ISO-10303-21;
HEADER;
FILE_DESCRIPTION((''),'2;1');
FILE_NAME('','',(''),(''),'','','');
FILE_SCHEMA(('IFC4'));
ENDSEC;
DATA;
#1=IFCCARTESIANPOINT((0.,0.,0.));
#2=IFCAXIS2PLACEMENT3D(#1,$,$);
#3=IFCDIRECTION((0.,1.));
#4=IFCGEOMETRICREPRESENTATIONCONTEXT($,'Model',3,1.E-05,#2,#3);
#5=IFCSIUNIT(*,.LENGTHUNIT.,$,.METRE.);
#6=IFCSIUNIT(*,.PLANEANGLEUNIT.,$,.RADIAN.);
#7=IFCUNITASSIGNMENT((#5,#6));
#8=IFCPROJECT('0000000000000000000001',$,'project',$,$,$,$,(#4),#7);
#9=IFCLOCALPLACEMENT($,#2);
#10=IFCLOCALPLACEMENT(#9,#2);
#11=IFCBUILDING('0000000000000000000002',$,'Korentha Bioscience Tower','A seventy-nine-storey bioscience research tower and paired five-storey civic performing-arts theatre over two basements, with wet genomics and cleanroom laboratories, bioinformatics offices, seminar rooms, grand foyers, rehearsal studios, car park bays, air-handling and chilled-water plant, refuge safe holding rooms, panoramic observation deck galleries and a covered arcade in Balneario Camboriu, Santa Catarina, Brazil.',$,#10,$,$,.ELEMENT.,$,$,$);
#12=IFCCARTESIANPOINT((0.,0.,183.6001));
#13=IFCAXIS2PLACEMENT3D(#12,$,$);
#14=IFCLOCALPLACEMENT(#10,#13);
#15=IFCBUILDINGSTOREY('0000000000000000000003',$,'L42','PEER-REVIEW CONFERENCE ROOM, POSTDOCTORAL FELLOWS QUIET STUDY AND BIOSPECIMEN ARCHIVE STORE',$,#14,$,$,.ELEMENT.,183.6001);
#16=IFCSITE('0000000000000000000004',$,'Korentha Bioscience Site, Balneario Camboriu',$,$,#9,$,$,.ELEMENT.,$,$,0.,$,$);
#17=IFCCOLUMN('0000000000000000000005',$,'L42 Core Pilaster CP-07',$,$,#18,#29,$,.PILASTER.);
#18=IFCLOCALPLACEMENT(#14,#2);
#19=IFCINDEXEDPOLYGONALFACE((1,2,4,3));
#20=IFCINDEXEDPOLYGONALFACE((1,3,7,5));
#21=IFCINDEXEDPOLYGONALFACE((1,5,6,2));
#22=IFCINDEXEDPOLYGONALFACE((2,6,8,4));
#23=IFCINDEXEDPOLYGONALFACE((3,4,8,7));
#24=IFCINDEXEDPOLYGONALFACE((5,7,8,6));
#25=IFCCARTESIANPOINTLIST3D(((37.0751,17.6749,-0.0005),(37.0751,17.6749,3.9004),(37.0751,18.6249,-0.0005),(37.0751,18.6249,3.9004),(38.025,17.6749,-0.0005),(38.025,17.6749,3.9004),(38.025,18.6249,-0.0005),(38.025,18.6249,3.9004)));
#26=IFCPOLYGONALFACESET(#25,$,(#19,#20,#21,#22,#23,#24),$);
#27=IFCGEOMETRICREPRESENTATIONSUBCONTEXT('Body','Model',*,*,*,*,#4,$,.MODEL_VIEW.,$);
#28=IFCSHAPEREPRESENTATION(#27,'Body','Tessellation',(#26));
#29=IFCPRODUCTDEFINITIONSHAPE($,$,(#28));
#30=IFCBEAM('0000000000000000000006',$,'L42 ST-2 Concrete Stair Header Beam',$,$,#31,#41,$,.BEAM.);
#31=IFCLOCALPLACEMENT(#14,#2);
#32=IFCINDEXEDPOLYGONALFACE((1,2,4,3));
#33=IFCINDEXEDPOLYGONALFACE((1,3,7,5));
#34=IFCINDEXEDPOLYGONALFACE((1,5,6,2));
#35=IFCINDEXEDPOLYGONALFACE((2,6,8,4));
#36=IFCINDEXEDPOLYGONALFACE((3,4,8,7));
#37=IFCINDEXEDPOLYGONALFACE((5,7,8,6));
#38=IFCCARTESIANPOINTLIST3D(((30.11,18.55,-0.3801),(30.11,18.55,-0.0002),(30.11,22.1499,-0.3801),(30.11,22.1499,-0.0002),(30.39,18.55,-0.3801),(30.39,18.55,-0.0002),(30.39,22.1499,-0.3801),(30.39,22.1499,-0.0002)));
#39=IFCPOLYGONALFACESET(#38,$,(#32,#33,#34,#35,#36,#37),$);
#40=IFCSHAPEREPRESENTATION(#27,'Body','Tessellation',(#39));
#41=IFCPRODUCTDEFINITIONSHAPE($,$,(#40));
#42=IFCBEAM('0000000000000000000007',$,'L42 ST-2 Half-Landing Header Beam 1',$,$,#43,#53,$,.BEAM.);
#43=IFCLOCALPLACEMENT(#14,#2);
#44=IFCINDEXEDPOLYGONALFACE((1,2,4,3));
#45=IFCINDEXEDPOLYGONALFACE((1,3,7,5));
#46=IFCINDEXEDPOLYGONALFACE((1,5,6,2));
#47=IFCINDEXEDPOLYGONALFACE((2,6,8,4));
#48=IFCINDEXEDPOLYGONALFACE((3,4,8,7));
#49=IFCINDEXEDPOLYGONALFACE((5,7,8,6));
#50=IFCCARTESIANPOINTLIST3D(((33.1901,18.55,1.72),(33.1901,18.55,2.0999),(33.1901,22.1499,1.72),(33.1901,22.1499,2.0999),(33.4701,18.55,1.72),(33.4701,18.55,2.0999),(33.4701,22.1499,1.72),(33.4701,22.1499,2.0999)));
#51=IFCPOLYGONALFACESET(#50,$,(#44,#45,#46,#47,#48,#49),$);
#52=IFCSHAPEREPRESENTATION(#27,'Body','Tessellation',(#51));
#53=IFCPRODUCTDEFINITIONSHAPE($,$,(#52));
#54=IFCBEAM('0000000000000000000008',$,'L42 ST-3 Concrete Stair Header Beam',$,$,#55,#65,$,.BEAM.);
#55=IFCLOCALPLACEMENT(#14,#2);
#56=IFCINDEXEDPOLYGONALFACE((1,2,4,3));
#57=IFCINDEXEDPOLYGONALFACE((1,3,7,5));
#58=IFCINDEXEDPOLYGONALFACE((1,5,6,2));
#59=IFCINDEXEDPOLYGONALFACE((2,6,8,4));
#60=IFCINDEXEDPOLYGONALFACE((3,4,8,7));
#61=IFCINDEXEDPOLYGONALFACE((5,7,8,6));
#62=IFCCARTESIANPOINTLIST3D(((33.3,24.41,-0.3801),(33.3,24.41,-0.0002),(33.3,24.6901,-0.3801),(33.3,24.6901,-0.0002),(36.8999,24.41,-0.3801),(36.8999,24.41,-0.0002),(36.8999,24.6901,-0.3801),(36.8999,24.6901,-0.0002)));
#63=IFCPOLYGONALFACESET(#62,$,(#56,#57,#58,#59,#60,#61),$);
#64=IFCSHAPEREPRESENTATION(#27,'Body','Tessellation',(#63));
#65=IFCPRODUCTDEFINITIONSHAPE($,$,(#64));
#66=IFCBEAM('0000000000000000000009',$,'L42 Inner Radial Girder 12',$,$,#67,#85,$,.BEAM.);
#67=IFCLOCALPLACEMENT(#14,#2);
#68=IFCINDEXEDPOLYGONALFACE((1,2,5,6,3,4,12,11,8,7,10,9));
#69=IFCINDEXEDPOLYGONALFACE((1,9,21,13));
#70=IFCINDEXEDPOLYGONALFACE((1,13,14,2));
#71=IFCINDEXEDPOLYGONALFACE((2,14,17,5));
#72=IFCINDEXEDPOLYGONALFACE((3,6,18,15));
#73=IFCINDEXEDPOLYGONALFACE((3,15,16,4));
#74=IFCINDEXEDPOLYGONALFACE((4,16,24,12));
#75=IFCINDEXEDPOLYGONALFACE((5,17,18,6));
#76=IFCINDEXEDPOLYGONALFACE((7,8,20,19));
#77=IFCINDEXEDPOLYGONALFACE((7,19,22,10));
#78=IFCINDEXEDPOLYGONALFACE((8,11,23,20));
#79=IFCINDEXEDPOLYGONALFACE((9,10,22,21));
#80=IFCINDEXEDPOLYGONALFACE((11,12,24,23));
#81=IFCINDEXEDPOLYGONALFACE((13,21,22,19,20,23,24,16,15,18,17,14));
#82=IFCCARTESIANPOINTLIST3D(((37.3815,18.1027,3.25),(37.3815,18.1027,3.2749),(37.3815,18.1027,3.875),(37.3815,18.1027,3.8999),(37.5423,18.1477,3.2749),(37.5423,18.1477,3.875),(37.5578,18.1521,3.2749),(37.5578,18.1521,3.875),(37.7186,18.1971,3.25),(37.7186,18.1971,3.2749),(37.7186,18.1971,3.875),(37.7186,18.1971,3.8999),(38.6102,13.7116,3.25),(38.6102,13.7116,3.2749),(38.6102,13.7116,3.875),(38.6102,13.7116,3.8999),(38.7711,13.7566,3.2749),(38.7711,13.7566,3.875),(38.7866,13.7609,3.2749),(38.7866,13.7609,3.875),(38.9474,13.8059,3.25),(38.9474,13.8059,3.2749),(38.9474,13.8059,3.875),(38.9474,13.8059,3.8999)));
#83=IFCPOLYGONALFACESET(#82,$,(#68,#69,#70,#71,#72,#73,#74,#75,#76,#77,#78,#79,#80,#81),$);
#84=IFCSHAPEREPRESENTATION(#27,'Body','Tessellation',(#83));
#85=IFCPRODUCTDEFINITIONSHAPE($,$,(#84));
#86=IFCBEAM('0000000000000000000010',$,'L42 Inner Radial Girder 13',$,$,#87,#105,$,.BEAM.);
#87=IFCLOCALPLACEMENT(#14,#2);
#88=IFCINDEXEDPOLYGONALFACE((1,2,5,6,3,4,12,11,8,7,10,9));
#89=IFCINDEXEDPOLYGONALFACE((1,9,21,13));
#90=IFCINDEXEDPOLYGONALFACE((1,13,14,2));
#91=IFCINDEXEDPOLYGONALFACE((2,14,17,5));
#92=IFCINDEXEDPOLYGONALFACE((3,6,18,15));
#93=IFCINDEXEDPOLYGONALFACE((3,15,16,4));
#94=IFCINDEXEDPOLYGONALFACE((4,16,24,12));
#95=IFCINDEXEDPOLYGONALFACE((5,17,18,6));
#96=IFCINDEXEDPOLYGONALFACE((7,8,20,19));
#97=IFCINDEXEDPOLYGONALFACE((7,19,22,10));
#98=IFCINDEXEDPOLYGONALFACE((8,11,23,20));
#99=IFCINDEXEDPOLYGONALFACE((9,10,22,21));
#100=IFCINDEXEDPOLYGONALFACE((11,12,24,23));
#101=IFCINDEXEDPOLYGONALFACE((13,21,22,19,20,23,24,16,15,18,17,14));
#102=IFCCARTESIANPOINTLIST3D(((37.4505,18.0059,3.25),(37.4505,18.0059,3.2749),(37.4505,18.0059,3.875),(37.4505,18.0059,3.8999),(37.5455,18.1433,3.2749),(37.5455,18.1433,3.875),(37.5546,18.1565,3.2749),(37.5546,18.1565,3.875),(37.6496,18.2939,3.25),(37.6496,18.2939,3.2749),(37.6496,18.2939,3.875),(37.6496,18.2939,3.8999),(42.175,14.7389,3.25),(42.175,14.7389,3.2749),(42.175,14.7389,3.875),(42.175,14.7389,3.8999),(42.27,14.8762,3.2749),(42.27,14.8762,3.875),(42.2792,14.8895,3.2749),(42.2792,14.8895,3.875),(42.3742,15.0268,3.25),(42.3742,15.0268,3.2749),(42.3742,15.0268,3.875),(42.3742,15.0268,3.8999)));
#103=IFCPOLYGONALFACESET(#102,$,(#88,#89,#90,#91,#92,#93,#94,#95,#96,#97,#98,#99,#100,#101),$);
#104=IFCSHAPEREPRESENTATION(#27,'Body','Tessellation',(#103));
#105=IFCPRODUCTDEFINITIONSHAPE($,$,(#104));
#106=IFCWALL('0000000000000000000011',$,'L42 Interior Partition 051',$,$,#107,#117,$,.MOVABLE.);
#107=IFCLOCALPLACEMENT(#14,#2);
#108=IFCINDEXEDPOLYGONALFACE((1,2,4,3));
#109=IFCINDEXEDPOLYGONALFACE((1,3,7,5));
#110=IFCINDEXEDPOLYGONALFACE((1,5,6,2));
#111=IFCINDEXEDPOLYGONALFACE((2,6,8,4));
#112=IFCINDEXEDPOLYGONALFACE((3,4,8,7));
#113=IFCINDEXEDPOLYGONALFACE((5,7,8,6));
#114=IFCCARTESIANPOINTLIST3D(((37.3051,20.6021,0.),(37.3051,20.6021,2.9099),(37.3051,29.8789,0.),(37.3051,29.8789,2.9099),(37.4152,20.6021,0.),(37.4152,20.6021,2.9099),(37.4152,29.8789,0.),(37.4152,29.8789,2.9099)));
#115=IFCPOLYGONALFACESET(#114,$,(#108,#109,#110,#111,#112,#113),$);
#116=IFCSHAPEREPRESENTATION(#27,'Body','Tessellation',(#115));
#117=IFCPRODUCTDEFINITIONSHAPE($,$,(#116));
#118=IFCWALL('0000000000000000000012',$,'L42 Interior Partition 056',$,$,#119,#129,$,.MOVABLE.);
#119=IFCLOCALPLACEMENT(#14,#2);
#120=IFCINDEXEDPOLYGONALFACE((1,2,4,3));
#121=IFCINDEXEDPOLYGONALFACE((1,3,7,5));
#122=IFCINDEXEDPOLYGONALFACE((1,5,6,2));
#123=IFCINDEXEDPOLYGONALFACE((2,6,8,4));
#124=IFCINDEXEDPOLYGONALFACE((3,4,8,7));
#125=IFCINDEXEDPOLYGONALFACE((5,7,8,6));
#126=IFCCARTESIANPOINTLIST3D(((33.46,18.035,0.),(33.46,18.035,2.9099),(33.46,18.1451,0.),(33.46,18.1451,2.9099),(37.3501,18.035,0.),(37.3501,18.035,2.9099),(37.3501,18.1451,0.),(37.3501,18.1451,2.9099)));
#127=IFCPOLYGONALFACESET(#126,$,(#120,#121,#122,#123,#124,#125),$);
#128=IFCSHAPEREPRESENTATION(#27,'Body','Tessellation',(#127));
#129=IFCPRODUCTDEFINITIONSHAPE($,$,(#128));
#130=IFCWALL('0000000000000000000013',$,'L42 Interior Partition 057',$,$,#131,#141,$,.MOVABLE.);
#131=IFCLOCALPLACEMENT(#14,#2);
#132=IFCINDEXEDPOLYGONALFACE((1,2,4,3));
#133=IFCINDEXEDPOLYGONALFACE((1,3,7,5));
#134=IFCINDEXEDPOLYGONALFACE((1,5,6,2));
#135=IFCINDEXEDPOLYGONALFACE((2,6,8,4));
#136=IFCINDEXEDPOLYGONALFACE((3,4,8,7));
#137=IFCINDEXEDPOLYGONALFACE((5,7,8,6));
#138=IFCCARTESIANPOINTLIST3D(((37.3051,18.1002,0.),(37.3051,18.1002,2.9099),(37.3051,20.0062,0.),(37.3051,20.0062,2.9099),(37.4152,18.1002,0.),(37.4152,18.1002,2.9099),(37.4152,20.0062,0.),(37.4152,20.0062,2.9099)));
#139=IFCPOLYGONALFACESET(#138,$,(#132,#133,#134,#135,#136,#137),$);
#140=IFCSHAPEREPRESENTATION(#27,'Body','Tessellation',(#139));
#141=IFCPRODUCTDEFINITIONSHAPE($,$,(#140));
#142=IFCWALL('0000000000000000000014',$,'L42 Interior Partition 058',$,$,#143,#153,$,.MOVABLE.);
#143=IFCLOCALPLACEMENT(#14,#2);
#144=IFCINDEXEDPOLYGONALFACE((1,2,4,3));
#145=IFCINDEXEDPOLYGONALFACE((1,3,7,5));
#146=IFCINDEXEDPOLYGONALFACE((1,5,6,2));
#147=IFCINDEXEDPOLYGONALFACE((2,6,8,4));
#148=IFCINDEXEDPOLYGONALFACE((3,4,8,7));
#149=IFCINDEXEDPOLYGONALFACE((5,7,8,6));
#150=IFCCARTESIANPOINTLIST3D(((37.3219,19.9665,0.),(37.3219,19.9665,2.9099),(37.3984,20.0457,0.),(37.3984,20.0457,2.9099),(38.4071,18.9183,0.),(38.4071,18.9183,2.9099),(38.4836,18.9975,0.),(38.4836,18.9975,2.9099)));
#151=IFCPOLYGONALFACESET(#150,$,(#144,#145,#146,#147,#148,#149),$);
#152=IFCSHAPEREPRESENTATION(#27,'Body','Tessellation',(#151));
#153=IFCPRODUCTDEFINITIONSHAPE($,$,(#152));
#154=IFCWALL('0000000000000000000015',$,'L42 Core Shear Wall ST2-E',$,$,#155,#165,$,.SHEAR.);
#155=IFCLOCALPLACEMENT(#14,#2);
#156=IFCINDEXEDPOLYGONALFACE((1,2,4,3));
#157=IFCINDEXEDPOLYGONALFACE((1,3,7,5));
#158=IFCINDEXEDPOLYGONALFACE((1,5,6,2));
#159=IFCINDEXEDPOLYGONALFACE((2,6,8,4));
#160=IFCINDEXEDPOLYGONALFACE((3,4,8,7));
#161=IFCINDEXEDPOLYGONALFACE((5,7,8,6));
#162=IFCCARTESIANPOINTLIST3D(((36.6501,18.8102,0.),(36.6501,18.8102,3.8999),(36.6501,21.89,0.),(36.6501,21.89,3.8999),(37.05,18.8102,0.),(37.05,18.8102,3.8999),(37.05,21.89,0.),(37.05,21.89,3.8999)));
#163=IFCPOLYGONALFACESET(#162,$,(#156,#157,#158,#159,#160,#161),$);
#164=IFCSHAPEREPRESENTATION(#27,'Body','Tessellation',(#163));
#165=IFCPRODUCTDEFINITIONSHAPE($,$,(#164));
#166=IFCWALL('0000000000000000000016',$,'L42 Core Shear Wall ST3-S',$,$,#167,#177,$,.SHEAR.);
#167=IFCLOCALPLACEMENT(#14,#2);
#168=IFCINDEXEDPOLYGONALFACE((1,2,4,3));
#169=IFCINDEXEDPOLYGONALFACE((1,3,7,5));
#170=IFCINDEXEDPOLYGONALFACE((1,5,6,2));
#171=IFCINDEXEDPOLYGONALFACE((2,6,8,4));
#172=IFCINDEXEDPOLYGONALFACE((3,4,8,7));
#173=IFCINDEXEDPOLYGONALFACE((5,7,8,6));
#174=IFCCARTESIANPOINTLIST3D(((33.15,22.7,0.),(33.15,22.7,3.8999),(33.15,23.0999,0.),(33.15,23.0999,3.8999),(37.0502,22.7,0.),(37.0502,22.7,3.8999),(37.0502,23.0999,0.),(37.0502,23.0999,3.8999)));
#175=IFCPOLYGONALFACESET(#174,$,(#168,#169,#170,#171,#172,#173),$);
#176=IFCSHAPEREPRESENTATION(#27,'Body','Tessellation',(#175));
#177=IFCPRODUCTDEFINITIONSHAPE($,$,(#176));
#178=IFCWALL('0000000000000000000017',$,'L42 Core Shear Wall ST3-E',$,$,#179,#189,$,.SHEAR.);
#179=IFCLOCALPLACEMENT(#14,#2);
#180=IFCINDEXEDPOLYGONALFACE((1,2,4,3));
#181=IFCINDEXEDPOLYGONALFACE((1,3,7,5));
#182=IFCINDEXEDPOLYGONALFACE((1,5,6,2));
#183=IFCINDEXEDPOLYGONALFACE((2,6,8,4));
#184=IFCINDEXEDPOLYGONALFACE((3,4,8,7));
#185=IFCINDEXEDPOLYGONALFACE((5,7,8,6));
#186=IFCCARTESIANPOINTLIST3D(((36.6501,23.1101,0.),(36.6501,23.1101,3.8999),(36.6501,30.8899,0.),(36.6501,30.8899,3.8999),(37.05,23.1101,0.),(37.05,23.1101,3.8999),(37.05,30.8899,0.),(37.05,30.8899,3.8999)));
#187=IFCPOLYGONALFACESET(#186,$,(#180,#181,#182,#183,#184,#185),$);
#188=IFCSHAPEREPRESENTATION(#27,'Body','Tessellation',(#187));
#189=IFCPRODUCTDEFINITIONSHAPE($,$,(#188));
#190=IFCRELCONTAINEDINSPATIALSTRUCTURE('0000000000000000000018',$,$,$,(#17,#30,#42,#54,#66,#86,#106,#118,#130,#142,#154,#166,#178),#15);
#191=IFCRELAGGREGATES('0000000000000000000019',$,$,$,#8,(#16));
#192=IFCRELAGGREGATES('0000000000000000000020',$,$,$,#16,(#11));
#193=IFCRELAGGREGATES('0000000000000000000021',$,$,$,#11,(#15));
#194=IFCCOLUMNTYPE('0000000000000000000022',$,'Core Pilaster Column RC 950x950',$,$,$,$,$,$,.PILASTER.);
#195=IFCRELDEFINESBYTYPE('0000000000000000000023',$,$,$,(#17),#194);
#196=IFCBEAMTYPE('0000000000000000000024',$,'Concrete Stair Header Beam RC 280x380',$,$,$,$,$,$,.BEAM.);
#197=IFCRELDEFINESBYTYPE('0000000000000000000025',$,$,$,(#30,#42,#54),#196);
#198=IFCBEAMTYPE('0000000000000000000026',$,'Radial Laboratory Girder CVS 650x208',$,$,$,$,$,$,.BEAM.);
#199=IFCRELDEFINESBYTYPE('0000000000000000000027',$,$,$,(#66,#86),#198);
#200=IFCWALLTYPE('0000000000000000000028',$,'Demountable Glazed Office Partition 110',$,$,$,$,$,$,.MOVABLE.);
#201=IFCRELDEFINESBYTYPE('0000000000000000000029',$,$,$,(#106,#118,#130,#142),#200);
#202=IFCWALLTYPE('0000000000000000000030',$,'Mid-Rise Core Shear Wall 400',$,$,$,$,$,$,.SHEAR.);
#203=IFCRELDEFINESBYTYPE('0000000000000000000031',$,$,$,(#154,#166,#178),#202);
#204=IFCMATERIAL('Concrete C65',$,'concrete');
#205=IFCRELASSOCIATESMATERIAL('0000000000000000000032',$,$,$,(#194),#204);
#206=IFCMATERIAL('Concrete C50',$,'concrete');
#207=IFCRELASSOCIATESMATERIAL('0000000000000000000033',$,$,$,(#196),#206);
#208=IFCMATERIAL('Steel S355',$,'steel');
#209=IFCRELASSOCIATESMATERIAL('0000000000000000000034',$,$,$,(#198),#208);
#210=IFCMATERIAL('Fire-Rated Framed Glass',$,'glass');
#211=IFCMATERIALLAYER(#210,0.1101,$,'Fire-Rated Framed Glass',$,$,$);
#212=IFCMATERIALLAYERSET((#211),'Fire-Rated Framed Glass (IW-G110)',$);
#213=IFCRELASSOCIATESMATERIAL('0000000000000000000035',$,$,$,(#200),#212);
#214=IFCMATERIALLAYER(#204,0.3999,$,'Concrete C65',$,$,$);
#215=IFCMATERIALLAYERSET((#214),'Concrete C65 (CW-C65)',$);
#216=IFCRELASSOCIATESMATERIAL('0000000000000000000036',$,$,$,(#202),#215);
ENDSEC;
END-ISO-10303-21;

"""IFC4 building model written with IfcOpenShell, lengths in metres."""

from ifc_helpers import new_model, si_unit, direction, frame, frame_2d, origin, origin_2d, place, context, subcontext, project, spatial, rectangle, i_section, extrude, material, layer, layer_set, material_profile, profile_set, type_object, element, save


model = new_model("IFC4")

# Units and contexts
model_context = context("Model", 3, precision=1e-05, world=origin(), true_north=direction((0.0, 1.0)))
body_context = subcontext(model_context, "Body", "Model", "MODEL_VIEW")
ifc_project = project(units=[si_unit("LENGTHUNIT", "METRE"), si_unit("PLANEANGLEUNIT", "RADIAN")], contexts=[model_context])

# Site, building, storey
site_placement = place(None, origin())
site = spatial("IfcSite", under=ifc_project, at=site_placement, Name="Korentha Bioscience Site, Balneario Camboriu", CompositionType="ELEMENT", RefElevation=0.0)
building_placement = place(site_placement, origin())
building = spatial("IfcBuilding", under=site, at=building_placement, Name="Korentha Bioscience Tower", Description="A seventy-nine-storey bioscience research tower and paired five-storey civic performing-arts theatre over two basements, with wet genomics and cleanroom laboratories, bioinformatics offices, seminar rooms, grand foyers, rehearsal studios, car park bays, air-handling and chilled-water plant, refuge safe holding rooms, panoramic observation deck galleries and a covered arcade in Balneario Camboriu, Santa Catarina, Brazil.", CompositionType="ELEMENT")
storey_placement = place(building_placement, frame((0.0, 0.0, 183.6001)))
storey = spatial("IfcBuildingStorey", under=building, at=storey_placement, Name="L42", Description="PEER-REVIEW CONFERENCE ROOM, POSTDOCTORAL FELLOWS QUIET STUDY AND BIOSPECIMEN ARCHIVE STORE", CompositionType="ELEMENT", Elevation=183.6001)

# Column
ifc_material_1 = material(Name="Concrete C65", Category="concrete")
ifc_material_profile_1 = material_profile(ifc_material_1, rectangle(XDim=0.95, YDim=0.95, at=origin_2d()), Name="Concrete C65")
ifc_profile_set_1 = profile_set([ifc_material_profile_1], Name="Concrete C65 (COL-CP09)")
column_type = type_object("IfcColumnType", Name="Core Pilaster Column RC 950x950", PredefinedType="PILASTER", material=ifc_profile_set_1)
column_placement = place(storey_placement, frame((37.55, 18.1499, -0.0005), z_axis=(0.0, 0.0, 1.0), x_axis=(1.0, 0.0, 0.0)))
element("IfcColumn", 1, at=column_placement, inside=storey, type_object=column_type, Name="L42 Core Pilaster CP-07", PredefinedType="PILASTER", context=body_context, shape_type="SweptSolid", body=[
    extrude(rectangle(XDim=0.95, YDim=0.95, at=origin_2d()), origin(), (0.0, 0.0, 1.0), 3.9009),
])

# Beams
ifc_material_2 = material(Name="Concrete C50", Category="concrete")
ifc_material_profile_2 = material_profile(ifc_material_2, rectangle(XDim=0.28, YDim=0.3799, at=origin_2d()), Name="Concrete C50")
ifc_profile_set_2 = profile_set([ifc_material_profile_2], Name="Concrete C50 (ST-HB380)")
beam_type_1 = type_object("IfcBeamType", Name="Concrete Stair Header Beam RC 280x380", PredefinedType="BEAM", material=ifc_profile_set_2)
for number, where, z_axis, x_axis, name in (
    (2, (30.25, 18.55, -0.1902), (0.0, 1.0, 0.0), (-1.0, 0.0, 0.0), "L42 ST-2 Concrete Stair Header Beam"),
    (3, (33.3301, 18.55, 1.9099), (0.0, 1.0, 0.0), (-1.0, 0.0, 0.0), "L42 ST-2 Half-Landing Header Beam 1"),
    (4, (36.8999, 24.55, -0.1902), (-1.0, 0.0, 0.0), (0.0, -1.0, 0.0), "L42 ST-3 Concrete Stair Header Beam"),
):
    element("IfcBeam", number, at=place(storey_placement, frame(where, z_axis=z_axis, x_axis=x_axis)), inside=storey, type_object=beam_type_1, Name=name, PredefinedType="BEAM", context=body_context, shape_type="SweptSolid", body=[
        extrude(rectangle(XDim=0.28, YDim=0.3799, at=origin_2d()), origin(), (0.0, 0.0, 1.0), 3.5999),
    ])
ifc_material_3 = material(Name="Steel S355", Category="steel")
ifc_material_profile_3 = material_profile(ifc_material_3, i_section(OverallWidth=0.3501, OverallDepth=0.6499, WebThickness=0.0161, FlangeThickness=0.0249, at=origin_2d()), Name="Steel S355")
ifc_profile_set_3 = profile_set([ifc_material_profile_3], Name="Steel S355 (RB-650)")
beam_type_2 = type_object("IfcBeamType", Name="Radial Laboratory Girder CVS 650x208", PredefinedType="BEAM", material=ifc_profile_set_3)
beam_1_placement = place(storey_placement, frame((37.55, 18.1499, 3.575), z_axis=(0.269477, -0.963007, 0.0), x_axis=(0.963007, 0.269477, 0.0)))
element("IfcBeam", 5, at=beam_1_placement, inside=storey, type_object=beam_type_2, Name="L42 Inner Radial Girder 12", PredefinedType="BEAM", context=body_context, shape_type="SweptSolid", body=[
    extrude(i_section(OverallWidth=0.3501, OverallDepth=0.6499, WebThickness=0.0161, FlangeThickness=0.0249, at=origin_2d()), origin(), (0.0, 0.0, 1.0), 4.5598),
])
beam_2_placement = place(storey_placement, frame((37.55, 18.1499, 3.575), z_axis=(0.822501, -0.568763, 0.0), x_axis=(0.568763, 0.822501, 0.0)))
element("IfcBeam", 6, at=beam_2_placement, inside=storey, type_object=beam_type_2, Name="L42 Inner Radial Girder 13", PredefinedType="BEAM", context=body_context, shape_type="SweptSolid", body=[
    extrude(i_section(OverallWidth=0.3501, OverallDepth=0.6499, WebThickness=0.0161, FlangeThickness=0.0249, at=origin_2d()), origin(), (0.0, 0.0, 1.0), 5.7441),
])

# Walls
ifc_material_4 = material(Name="Fire-Rated Framed Glass", Category="glass")
ifc_layer_1 = layer(ifc_material_4, 0.1101, Name="Fire-Rated Framed Glass")
ifc_layer_set_1 = layer_set([ifc_layer_1], Name="Fire-Rated Framed Glass (IW-G110)")
wall_type_1 = type_object("IfcWallType", Name="Demountable Glazed Office Partition 110", PredefinedType="MOVABLE", material=ifc_layer_set_1)
wall_1_placement = place(storey_placement, frame((37.3601, 20.6021, 0.0), z_axis=(0.0, 0.0, 1.0), x_axis=(0.0, 1.0, 0.0)))
element("IfcWall", 7, at=wall_1_placement, inside=storey, type_object=wall_type_1, Name="L42 Interior Partition 051", PredefinedType="MOVABLE", context=body_context, shape_type="SweptSolid", body=[
    extrude(rectangle(XDim=9.2769, YDim=0.1101, at=frame_2d((4.6384, 0.0))), origin(), (0.0, 0.0, 1.0), 2.9099),
])
wall_2_placement = place(storey_placement, frame((33.46, 18.0901, 0.0), z_axis=(0.0, 0.0, 1.0), x_axis=(1.0, 0.0, 0.0)))
element("IfcWall", 8, at=wall_2_placement, inside=storey, type_object=wall_type_1, Name="L42 Interior Partition 056", PredefinedType="MOVABLE", context=body_context, shape_type="SweptSolid", body=[
    extrude(rectangle(XDim=3.8901, YDim=0.1101, at=frame_2d((1.9451, 0.0))), origin(), (0.0, 0.0, 1.0), 2.9099),
])
wall_3_placement = place(storey_placement, frame((37.3601, 18.1001, 0.0), z_axis=(0.0, 0.0, 1.0), x_axis=(0.0, 1.0, 0.0)))
element("IfcWall", 9, at=wall_3_placement, inside=storey, type_object=wall_type_1, Name="L42 Interior Partition 057", PredefinedType="MOVABLE", context=body_context, shape_type="SweptSolid", body=[
    extrude(rectangle(XDim=1.906, YDim=0.1101, at=frame_2d((0.9531, 0.0))), origin(), (0.0, 0.0, 1.0), 2.9099),
])
wall_4_placement = place(storey_placement, frame((37.3601, 20.0061, 0.0), z_axis=(0.0, 0.0, 1.0), x_axis=(0.719298, -0.694701, 0.0)))
element("IfcWall", 10, at=wall_4_placement, inside=storey, type_object=wall_type_1, Name="L42 Interior Partition 058", PredefinedType="MOVABLE", context=body_context, shape_type="SweptSolid", body=[
    extrude(rectangle(XDim=1.5088, YDim=0.1101, at=frame_2d((0.7544, 0.0))), origin(), (0.0, 0.0, 1.0), 2.9099),
])
ifc_layer_2 = layer(ifc_material_1, 0.3999, Name="Concrete C65")
ifc_layer_set_2 = layer_set([ifc_layer_2], Name="Concrete C65 (CW-C65)")
wall_type_2 = type_object("IfcWallType", Name="Mid-Rise Core Shear Wall 400", PredefinedType="SHEAR", material=ifc_layer_set_2)
wall_5_placement = place(storey_placement, frame((36.8501, 18.8101, 0.0), z_axis=(0.0, 0.0, 1.0), x_axis=(0.0, 1.0, 0.0)))
element("IfcWall", 11, at=wall_5_placement, inside=storey, type_object=wall_type_2, Name="L42 Core Shear Wall ST2-E", PredefinedType="SHEAR", context=body_context, shape_type="SweptSolid", body=[
    extrude(rectangle(XDim=3.0798, YDim=0.3999, at=frame_2d((1.54, 0.0))), origin(), (0.0, 0.0, 1.0), 3.8999),
])
wall_6_placement = place(storey_placement, frame((33.1499, 22.8999, 0.0), z_axis=(0.0, 0.0, 1.0), x_axis=(1.0, 0.0, 0.0)))
element("IfcWall", 12, at=wall_6_placement, inside=storey, type_object=wall_type_2, Name="L42 Core Shear Wall ST3-S", PredefinedType="SHEAR", context=body_context, shape_type="SweptSolid", body=[
    extrude(rectangle(XDim=3.9001, YDim=0.3999, at=frame_2d((1.9502, 0.0))), origin(), (0.0, 0.0, 1.0), 3.8999),
])
wall_7_placement = place(storey_placement, frame((36.8501, 23.1101, 0.0), z_axis=(0.0, 0.0, 1.0), x_axis=(0.0, 1.0, 0.0)))
element("IfcWall", 13, at=wall_7_placement, inside=storey, type_object=wall_type_2, Name="L42 Core Shear Wall ST3-E", PredefinedType="SHEAR", context=body_context, shape_type="SweptSolid", body=[
    extrude(rectangle(XDim=7.7798, YDim=0.3999, at=frame_2d((3.8899, 0.0))), origin(), (0.0, 0.0, 1.0), 3.8999),
])

save(model, "model.ifc")
